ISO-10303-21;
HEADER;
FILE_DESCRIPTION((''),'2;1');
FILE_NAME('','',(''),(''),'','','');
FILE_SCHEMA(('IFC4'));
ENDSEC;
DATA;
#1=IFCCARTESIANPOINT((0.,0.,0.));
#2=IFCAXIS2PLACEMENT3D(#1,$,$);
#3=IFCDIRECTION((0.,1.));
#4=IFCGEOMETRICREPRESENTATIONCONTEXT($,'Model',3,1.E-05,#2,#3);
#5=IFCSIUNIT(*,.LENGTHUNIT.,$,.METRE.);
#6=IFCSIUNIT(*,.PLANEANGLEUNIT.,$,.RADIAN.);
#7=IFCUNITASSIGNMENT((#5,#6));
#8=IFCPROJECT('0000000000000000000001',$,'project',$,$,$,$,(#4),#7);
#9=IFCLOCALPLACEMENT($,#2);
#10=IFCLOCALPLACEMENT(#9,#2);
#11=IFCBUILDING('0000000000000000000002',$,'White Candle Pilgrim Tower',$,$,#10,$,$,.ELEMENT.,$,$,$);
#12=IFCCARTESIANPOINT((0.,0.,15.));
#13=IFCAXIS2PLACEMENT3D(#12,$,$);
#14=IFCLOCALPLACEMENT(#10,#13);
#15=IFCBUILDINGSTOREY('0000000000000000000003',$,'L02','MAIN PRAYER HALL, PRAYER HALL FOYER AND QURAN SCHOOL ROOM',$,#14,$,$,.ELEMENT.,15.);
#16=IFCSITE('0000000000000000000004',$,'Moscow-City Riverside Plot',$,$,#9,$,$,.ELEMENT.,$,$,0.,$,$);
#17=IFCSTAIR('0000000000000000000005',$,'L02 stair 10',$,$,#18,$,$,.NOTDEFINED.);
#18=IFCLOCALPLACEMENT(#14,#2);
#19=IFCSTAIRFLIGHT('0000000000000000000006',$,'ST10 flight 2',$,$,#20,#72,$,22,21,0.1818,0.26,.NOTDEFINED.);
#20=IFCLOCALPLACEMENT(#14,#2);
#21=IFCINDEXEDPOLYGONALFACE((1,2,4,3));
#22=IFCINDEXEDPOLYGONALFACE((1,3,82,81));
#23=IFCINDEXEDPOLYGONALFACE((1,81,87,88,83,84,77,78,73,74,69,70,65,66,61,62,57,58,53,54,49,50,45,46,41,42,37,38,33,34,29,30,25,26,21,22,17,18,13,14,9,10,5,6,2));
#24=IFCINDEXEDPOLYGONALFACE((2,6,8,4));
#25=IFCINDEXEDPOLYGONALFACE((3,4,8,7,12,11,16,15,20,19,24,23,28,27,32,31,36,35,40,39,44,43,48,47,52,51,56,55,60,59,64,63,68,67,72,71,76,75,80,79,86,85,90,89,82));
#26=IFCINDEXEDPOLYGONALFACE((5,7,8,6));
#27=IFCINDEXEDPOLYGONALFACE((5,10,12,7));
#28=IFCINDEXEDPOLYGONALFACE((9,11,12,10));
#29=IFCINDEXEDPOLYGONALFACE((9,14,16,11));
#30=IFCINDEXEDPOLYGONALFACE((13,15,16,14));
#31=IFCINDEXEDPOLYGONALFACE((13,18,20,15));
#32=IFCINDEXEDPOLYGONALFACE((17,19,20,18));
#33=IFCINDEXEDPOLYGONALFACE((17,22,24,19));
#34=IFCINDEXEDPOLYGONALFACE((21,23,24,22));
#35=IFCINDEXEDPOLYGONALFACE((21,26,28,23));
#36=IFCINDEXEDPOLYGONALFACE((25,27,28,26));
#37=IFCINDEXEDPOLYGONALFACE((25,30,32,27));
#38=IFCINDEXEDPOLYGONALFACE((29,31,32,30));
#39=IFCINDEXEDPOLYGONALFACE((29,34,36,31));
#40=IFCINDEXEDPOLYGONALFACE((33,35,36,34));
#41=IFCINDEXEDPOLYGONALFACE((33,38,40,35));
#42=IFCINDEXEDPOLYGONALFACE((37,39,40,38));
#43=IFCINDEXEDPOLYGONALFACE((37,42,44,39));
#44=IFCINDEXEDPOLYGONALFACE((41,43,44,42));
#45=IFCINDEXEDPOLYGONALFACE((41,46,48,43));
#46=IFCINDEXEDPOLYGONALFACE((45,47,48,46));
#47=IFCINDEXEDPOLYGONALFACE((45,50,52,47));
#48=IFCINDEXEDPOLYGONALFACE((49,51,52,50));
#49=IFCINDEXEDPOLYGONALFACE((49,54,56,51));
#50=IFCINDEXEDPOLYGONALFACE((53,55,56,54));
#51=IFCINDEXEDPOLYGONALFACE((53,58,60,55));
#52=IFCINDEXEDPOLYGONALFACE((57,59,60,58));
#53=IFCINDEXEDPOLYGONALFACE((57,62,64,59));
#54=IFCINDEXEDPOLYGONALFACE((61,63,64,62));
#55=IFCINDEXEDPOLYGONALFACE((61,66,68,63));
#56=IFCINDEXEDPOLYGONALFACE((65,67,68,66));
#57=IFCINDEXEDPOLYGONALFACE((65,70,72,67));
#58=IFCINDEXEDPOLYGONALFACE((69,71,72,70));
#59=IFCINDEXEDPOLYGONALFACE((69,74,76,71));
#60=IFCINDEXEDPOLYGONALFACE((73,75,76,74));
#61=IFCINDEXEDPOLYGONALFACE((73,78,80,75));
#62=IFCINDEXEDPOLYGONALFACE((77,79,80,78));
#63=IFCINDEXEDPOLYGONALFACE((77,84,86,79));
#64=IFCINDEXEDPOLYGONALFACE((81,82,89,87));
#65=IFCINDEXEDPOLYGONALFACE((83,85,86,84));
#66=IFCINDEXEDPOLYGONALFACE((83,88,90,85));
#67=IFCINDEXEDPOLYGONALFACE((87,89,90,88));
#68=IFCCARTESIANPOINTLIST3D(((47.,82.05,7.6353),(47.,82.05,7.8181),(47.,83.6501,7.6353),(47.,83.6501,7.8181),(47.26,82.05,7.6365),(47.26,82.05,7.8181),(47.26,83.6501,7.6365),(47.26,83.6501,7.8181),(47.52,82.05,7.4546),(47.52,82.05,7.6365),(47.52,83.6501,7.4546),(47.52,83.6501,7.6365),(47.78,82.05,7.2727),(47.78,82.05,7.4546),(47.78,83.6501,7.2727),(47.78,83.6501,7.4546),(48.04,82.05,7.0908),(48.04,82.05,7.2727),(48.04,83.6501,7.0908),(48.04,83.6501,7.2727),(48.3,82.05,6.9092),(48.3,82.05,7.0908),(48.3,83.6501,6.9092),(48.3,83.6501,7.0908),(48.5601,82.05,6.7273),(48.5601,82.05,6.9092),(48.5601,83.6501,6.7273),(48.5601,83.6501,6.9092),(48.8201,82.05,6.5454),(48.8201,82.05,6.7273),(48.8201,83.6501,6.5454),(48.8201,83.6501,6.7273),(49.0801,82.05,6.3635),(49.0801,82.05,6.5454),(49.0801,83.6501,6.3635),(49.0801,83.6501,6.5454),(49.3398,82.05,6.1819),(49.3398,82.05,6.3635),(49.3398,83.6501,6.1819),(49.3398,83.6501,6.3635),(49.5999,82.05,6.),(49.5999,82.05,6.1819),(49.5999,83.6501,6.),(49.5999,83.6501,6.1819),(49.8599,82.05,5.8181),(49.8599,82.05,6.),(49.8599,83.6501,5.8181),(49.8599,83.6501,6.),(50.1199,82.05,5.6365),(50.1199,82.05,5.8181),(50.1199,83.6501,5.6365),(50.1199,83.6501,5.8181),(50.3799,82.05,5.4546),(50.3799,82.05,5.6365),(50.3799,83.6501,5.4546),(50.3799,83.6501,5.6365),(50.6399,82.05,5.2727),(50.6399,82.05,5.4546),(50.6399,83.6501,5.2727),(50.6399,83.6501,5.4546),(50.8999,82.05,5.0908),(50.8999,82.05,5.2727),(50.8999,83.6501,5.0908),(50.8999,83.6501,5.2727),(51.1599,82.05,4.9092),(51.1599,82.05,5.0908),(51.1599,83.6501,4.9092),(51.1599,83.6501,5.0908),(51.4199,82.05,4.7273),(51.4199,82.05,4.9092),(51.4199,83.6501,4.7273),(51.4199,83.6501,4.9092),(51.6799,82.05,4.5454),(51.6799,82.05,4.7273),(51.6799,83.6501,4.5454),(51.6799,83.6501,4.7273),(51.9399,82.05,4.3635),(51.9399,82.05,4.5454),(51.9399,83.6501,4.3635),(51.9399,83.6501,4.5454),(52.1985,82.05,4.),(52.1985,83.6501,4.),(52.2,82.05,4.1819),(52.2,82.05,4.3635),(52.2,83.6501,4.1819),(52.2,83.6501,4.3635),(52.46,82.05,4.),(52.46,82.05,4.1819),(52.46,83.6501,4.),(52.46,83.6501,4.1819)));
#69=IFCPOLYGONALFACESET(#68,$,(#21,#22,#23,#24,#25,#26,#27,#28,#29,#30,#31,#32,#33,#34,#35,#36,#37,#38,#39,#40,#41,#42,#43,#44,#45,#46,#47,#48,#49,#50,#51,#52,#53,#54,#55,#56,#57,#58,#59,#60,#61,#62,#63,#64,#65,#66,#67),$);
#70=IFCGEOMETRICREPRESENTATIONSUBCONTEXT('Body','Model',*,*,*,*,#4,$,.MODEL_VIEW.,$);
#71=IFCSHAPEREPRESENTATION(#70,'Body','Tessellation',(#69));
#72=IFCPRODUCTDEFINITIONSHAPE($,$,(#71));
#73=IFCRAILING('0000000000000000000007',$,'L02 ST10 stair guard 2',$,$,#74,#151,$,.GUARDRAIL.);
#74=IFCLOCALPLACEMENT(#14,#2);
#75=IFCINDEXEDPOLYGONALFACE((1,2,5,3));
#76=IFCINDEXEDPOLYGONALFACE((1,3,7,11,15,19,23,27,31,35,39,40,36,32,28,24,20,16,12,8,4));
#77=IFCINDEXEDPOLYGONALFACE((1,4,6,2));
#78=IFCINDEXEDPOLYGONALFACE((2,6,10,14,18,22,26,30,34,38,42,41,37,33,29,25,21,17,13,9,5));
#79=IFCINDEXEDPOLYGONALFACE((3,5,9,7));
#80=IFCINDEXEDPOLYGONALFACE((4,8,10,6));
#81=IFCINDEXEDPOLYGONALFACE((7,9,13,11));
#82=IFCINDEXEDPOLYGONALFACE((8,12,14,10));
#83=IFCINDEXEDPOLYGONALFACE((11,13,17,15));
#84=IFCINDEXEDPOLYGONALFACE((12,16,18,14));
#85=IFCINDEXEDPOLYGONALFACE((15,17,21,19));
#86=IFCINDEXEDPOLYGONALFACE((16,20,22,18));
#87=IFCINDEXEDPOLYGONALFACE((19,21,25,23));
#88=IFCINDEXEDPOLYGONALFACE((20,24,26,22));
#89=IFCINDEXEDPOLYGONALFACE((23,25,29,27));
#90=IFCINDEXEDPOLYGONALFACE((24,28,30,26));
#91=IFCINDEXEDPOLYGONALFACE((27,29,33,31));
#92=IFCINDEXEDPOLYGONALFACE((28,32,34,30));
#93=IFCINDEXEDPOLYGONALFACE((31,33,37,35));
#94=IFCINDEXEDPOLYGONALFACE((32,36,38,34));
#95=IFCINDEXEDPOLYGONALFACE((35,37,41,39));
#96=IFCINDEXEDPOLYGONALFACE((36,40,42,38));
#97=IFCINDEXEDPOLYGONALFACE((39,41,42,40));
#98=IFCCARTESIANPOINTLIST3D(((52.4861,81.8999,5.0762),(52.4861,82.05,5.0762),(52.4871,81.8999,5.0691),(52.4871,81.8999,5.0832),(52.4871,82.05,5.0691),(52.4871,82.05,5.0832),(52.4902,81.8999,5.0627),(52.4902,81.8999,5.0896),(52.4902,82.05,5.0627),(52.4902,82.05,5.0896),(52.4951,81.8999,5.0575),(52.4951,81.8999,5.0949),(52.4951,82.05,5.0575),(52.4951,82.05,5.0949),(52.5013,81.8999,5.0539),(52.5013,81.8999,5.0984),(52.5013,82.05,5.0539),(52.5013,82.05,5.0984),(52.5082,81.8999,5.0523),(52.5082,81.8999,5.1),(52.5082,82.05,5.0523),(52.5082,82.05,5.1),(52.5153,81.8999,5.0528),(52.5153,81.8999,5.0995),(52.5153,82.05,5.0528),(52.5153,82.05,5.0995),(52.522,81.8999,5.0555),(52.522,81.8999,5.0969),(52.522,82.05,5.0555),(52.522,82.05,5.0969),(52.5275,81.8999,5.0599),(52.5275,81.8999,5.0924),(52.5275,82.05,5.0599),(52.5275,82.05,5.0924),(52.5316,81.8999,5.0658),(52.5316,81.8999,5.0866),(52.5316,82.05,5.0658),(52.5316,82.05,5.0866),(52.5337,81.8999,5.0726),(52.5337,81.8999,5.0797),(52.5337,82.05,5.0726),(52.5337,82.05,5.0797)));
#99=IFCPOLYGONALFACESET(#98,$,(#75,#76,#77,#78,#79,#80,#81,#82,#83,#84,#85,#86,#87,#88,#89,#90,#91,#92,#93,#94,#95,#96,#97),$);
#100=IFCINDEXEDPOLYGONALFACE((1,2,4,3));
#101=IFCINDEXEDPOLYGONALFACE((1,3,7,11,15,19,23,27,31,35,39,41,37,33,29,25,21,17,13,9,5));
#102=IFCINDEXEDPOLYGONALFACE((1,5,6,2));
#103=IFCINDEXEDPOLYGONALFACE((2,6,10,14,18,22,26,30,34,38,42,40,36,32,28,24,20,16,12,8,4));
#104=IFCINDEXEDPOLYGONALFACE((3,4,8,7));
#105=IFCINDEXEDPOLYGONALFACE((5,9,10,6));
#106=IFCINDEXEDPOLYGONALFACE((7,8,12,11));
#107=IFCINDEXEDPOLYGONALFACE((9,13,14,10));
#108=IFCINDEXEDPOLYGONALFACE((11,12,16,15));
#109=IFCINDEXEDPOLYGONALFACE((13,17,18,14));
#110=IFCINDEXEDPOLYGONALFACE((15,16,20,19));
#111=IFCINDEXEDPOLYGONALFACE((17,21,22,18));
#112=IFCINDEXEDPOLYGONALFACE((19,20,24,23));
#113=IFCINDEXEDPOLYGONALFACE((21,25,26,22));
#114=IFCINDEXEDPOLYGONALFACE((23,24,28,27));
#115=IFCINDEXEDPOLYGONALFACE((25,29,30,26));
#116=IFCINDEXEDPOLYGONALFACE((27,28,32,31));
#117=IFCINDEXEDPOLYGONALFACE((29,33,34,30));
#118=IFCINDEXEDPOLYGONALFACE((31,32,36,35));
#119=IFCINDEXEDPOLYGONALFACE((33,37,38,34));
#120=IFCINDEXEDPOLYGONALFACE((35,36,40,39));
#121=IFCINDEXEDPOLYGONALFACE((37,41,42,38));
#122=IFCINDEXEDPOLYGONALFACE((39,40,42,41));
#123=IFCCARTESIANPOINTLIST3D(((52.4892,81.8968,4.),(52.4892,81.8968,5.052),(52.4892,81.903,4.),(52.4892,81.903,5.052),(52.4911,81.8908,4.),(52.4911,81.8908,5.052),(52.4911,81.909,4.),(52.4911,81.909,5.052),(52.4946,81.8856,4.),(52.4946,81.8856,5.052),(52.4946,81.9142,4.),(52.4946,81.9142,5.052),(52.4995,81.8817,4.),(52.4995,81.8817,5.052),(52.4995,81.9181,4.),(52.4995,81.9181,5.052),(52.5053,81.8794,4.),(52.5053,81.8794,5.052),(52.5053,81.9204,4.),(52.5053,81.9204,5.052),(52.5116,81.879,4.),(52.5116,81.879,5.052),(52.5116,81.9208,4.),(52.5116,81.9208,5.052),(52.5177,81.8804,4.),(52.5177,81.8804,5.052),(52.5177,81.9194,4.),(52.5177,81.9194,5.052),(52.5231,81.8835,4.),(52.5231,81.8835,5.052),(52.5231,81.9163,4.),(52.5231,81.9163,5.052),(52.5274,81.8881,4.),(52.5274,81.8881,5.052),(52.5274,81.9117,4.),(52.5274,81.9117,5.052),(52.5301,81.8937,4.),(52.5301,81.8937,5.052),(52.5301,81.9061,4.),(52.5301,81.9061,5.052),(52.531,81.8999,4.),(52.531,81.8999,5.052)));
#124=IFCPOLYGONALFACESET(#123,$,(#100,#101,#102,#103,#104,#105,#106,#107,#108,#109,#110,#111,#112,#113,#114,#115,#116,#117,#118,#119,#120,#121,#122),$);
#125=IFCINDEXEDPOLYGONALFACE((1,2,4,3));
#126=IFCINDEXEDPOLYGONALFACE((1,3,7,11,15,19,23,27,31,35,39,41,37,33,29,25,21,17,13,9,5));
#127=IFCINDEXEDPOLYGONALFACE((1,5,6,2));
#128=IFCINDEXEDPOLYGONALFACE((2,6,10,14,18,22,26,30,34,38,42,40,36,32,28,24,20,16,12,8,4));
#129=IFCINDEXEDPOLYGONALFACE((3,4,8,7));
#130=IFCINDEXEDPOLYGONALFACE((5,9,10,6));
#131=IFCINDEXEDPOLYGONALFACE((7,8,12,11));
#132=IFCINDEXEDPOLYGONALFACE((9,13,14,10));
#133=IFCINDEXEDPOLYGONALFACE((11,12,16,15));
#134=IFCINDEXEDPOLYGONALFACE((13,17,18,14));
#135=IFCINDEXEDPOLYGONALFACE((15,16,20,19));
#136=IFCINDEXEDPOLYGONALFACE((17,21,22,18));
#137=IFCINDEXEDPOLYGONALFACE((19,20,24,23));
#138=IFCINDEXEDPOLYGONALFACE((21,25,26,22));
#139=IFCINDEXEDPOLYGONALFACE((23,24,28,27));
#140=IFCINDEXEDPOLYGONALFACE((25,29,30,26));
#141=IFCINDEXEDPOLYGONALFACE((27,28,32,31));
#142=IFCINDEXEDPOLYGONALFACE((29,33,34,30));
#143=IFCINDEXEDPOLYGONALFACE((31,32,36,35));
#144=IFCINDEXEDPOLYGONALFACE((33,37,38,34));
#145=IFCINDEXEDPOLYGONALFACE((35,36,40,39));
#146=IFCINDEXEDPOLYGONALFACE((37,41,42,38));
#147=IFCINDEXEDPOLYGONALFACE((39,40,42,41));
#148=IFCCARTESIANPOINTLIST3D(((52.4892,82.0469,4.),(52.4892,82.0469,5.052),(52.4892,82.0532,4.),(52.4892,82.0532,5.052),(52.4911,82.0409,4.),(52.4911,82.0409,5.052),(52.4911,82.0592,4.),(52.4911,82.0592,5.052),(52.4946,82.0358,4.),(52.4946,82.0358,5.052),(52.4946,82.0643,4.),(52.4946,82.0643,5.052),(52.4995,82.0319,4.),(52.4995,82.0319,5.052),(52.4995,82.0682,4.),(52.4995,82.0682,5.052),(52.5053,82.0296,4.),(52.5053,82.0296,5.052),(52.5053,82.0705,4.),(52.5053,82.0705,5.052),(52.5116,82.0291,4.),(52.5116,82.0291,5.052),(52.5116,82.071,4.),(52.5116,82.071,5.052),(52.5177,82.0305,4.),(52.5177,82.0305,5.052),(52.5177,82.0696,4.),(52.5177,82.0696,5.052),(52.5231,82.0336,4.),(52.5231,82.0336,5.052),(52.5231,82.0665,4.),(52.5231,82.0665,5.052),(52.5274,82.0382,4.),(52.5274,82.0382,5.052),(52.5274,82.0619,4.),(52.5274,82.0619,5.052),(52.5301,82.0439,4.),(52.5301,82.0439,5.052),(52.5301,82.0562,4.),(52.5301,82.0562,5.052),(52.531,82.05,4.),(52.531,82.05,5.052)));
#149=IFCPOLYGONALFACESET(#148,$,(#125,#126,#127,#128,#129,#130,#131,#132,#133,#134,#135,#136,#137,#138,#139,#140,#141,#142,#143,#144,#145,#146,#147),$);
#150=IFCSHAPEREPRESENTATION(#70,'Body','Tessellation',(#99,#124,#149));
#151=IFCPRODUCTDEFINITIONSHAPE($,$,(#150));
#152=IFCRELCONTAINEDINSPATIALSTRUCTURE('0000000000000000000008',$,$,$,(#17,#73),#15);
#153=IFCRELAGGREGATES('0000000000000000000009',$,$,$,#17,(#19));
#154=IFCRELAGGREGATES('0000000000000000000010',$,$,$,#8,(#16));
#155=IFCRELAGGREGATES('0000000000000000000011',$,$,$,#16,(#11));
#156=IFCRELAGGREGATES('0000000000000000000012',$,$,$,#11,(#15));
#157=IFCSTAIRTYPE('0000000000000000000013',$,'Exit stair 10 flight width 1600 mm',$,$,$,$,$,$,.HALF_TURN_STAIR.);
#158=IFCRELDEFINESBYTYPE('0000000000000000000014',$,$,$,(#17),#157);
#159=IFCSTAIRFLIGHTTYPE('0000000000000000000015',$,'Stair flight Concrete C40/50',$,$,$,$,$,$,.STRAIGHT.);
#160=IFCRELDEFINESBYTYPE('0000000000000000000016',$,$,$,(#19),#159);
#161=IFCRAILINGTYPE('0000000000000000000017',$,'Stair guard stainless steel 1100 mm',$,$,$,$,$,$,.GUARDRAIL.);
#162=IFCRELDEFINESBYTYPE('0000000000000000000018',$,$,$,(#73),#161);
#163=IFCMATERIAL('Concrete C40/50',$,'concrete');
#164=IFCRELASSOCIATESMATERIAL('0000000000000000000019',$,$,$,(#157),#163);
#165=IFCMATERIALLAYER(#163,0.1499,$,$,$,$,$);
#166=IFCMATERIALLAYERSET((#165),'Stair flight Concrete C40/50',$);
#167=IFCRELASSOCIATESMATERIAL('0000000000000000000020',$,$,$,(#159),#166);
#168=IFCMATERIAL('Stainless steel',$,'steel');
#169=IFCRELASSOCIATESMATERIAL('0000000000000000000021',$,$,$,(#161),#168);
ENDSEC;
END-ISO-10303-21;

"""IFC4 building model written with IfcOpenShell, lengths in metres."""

from ifc_helpers import new_model, si_unit, direction, frame, origin, origin_2d, place, context, subcontext, project, spatial, polyline, circle, outline, extrude, material, layer, layer_set, type_object, element, aggregate, save


model = new_model("IFC4")

# Units and contexts
model_context = context("Model", 3, precision=1e-05, world=origin(), true_north=direction((0.0, 1.0)))
body_context = subcontext(model_context, "Body", "Model", "MODEL_VIEW")
ifc_project = project(units=[si_unit("LENGTHUNIT", "METRE"), si_unit("PLANEANGLEUNIT", "RADIAN")], contexts=[model_context])

# Site, building, storey
site_placement = place(None, origin())
site = spatial("IfcSite", under=ifc_project, at=site_placement, Name="Moscow-City Riverside Plot", CompositionType="ELEMENT", RefElevation=0.0)
building_placement = place(site_placement, origin())
building = spatial("IfcBuilding", under=site, at=building_placement, Name="White Candle Pilgrim Tower", CompositionType="ELEMENT")
storey_placement = place(building_placement, frame((0.0, 0.0, 15.0)))
storey = spatial("IfcBuildingStorey", under=building, at=storey_placement, Name="L02", Description="MAIN PRAYER HALL, PRAYER HALL FOYER AND QURAN SCHOOL ROOM", CompositionType="ELEMENT", Elevation=15.0)

# Stair, stair flight
ifc_material_1 = material(Name="Concrete C40/50", Category="concrete")
stair_type = type_object("IfcStairType", Name="Exit stair 10 flight width 1600 mm", PredefinedType="HALF_TURN_STAIR", material=ifc_material_1)
stair_placement = place(storey_placement, origin())
stair = element("IfcStair", 1, at=stair_placement, inside=storey, type_object=stair_type, Name="L02 stair 10", PredefinedType="NOTDEFINED")
ifc_layer_1 = layer(ifc_material_1, 0.1499)
ifc_layer_set_1 = layer_set([ifc_layer_1], Name="Stair flight Concrete C40/50")
stair_flight_type = type_object("IfcStairFlightType", Name="Stair flight Concrete C40/50", PredefinedType="STRAIGHT", material=ifc_layer_set_1)
stair_flight_placement = place(storey_placement, frame((52.46, 82.8501, 4.0), z_axis=(0.0, 0.0, 1.0), x_axis=(-1.0, 0.0, 0.0)))
stair_flight = element("IfcStairFlight", 2, at=stair_flight_placement, type_object=stair_flight_type, Name="ST10 flight 2", NumberOfRisers=22, NumberOfTreads=21, PredefinedType="NOTDEFINED", RiserHeight=0.1818, TreadLength=0.26, context=body_context, shape_type="SweptSolid", body=[
    extrude(outline(polyline([(0.0, 0.0), (0.0, 0.1819), (0.26, 0.1819), (0.26, 0.3635), (0.52, 0.3635), (0.52, 0.5454), (0.78, 0.5454), (0.78, 0.7273), (1.04, 0.7273), (1.04, 0.9092), (1.3, 0.9092), (1.3, 1.0908), (1.5601, 1.0908), (1.5601, 1.2727), (1.8201, 1.2727), (1.8201, 1.4546), (2.0801, 1.4546), (2.0801, 1.6365), (2.3401, 1.6365), (2.3401, 1.8181), (2.6001, 1.8181), (2.6001, 2.0), (2.8601, 2.0), (2.8601, 2.1819), (3.1201, 2.1819), (3.1201, 2.3635), (3.3799, 2.3635), (3.3799, 2.5454), (3.6399, 2.5454), (3.6399, 2.7273), (3.8999, 2.7273), (3.8999, 2.9092), (4.1599, 2.9092), (4.1599, 3.0908), (4.4199, 3.0908), (4.4199, 3.2727), (4.6799, 3.2727), (4.6799, 3.4546), (4.9399, 3.4546), (4.9399, 3.6365), (5.2, 3.6365), (5.2, 3.8181), (5.46, 3.8181), (5.46, 4.0), (5.46, 3.6353), (0.2615, 0.0), (0.0, 0.0)])), frame((0.0, 0.8, 0.0), z_axis=(0.0, -1.0, 0.0), x_axis=(1.0, 0.0, 0.0)), (0.0, 0.0, 1.0), 1.6001),
])
aggregate(stair, [stair_flight])

# Railing
ifc_material_2 = material(Name="Stainless steel", Category="steel")
railing_type_1 = type_object("IfcRailingType", Name="Stair guard stainless steel 1100 mm", PredefinedType="GUARDRAIL", material=ifc_material_2)
railing_1_placement = place(storey_placement, frame((52.51, 81.8999, 4.0)))
element("IfcRailing", 3, at=railing_1_placement, inside=storey, type_object=railing_type_1, Name="L02 ST10 stair guard 2", PredefinedType="GUARDRAIL", context=body_context, shape_type="SweptSolid", body=[
    extrude(circle(Radius=0.0239, at=origin_2d()), frame((0.0, 0.0, 1.0762), z_axis=(0.0, 1.0, 0.0), x_axis=(-1.0, 0.0, 0.0)), (0.0, 0.0, 1.0), 0.1501),
    extrude(circle(Radius=0.021, at=origin_2d()), origin(), (0.0, 0.0, 1.0), 1.052),
    extrude(circle(Radius=0.021, at=origin_2d()), frame((0.0, 0.1501, 0.0)), (0.0, 0.0, 1.0), 1.052),
])

save(model, "model.ifc")
